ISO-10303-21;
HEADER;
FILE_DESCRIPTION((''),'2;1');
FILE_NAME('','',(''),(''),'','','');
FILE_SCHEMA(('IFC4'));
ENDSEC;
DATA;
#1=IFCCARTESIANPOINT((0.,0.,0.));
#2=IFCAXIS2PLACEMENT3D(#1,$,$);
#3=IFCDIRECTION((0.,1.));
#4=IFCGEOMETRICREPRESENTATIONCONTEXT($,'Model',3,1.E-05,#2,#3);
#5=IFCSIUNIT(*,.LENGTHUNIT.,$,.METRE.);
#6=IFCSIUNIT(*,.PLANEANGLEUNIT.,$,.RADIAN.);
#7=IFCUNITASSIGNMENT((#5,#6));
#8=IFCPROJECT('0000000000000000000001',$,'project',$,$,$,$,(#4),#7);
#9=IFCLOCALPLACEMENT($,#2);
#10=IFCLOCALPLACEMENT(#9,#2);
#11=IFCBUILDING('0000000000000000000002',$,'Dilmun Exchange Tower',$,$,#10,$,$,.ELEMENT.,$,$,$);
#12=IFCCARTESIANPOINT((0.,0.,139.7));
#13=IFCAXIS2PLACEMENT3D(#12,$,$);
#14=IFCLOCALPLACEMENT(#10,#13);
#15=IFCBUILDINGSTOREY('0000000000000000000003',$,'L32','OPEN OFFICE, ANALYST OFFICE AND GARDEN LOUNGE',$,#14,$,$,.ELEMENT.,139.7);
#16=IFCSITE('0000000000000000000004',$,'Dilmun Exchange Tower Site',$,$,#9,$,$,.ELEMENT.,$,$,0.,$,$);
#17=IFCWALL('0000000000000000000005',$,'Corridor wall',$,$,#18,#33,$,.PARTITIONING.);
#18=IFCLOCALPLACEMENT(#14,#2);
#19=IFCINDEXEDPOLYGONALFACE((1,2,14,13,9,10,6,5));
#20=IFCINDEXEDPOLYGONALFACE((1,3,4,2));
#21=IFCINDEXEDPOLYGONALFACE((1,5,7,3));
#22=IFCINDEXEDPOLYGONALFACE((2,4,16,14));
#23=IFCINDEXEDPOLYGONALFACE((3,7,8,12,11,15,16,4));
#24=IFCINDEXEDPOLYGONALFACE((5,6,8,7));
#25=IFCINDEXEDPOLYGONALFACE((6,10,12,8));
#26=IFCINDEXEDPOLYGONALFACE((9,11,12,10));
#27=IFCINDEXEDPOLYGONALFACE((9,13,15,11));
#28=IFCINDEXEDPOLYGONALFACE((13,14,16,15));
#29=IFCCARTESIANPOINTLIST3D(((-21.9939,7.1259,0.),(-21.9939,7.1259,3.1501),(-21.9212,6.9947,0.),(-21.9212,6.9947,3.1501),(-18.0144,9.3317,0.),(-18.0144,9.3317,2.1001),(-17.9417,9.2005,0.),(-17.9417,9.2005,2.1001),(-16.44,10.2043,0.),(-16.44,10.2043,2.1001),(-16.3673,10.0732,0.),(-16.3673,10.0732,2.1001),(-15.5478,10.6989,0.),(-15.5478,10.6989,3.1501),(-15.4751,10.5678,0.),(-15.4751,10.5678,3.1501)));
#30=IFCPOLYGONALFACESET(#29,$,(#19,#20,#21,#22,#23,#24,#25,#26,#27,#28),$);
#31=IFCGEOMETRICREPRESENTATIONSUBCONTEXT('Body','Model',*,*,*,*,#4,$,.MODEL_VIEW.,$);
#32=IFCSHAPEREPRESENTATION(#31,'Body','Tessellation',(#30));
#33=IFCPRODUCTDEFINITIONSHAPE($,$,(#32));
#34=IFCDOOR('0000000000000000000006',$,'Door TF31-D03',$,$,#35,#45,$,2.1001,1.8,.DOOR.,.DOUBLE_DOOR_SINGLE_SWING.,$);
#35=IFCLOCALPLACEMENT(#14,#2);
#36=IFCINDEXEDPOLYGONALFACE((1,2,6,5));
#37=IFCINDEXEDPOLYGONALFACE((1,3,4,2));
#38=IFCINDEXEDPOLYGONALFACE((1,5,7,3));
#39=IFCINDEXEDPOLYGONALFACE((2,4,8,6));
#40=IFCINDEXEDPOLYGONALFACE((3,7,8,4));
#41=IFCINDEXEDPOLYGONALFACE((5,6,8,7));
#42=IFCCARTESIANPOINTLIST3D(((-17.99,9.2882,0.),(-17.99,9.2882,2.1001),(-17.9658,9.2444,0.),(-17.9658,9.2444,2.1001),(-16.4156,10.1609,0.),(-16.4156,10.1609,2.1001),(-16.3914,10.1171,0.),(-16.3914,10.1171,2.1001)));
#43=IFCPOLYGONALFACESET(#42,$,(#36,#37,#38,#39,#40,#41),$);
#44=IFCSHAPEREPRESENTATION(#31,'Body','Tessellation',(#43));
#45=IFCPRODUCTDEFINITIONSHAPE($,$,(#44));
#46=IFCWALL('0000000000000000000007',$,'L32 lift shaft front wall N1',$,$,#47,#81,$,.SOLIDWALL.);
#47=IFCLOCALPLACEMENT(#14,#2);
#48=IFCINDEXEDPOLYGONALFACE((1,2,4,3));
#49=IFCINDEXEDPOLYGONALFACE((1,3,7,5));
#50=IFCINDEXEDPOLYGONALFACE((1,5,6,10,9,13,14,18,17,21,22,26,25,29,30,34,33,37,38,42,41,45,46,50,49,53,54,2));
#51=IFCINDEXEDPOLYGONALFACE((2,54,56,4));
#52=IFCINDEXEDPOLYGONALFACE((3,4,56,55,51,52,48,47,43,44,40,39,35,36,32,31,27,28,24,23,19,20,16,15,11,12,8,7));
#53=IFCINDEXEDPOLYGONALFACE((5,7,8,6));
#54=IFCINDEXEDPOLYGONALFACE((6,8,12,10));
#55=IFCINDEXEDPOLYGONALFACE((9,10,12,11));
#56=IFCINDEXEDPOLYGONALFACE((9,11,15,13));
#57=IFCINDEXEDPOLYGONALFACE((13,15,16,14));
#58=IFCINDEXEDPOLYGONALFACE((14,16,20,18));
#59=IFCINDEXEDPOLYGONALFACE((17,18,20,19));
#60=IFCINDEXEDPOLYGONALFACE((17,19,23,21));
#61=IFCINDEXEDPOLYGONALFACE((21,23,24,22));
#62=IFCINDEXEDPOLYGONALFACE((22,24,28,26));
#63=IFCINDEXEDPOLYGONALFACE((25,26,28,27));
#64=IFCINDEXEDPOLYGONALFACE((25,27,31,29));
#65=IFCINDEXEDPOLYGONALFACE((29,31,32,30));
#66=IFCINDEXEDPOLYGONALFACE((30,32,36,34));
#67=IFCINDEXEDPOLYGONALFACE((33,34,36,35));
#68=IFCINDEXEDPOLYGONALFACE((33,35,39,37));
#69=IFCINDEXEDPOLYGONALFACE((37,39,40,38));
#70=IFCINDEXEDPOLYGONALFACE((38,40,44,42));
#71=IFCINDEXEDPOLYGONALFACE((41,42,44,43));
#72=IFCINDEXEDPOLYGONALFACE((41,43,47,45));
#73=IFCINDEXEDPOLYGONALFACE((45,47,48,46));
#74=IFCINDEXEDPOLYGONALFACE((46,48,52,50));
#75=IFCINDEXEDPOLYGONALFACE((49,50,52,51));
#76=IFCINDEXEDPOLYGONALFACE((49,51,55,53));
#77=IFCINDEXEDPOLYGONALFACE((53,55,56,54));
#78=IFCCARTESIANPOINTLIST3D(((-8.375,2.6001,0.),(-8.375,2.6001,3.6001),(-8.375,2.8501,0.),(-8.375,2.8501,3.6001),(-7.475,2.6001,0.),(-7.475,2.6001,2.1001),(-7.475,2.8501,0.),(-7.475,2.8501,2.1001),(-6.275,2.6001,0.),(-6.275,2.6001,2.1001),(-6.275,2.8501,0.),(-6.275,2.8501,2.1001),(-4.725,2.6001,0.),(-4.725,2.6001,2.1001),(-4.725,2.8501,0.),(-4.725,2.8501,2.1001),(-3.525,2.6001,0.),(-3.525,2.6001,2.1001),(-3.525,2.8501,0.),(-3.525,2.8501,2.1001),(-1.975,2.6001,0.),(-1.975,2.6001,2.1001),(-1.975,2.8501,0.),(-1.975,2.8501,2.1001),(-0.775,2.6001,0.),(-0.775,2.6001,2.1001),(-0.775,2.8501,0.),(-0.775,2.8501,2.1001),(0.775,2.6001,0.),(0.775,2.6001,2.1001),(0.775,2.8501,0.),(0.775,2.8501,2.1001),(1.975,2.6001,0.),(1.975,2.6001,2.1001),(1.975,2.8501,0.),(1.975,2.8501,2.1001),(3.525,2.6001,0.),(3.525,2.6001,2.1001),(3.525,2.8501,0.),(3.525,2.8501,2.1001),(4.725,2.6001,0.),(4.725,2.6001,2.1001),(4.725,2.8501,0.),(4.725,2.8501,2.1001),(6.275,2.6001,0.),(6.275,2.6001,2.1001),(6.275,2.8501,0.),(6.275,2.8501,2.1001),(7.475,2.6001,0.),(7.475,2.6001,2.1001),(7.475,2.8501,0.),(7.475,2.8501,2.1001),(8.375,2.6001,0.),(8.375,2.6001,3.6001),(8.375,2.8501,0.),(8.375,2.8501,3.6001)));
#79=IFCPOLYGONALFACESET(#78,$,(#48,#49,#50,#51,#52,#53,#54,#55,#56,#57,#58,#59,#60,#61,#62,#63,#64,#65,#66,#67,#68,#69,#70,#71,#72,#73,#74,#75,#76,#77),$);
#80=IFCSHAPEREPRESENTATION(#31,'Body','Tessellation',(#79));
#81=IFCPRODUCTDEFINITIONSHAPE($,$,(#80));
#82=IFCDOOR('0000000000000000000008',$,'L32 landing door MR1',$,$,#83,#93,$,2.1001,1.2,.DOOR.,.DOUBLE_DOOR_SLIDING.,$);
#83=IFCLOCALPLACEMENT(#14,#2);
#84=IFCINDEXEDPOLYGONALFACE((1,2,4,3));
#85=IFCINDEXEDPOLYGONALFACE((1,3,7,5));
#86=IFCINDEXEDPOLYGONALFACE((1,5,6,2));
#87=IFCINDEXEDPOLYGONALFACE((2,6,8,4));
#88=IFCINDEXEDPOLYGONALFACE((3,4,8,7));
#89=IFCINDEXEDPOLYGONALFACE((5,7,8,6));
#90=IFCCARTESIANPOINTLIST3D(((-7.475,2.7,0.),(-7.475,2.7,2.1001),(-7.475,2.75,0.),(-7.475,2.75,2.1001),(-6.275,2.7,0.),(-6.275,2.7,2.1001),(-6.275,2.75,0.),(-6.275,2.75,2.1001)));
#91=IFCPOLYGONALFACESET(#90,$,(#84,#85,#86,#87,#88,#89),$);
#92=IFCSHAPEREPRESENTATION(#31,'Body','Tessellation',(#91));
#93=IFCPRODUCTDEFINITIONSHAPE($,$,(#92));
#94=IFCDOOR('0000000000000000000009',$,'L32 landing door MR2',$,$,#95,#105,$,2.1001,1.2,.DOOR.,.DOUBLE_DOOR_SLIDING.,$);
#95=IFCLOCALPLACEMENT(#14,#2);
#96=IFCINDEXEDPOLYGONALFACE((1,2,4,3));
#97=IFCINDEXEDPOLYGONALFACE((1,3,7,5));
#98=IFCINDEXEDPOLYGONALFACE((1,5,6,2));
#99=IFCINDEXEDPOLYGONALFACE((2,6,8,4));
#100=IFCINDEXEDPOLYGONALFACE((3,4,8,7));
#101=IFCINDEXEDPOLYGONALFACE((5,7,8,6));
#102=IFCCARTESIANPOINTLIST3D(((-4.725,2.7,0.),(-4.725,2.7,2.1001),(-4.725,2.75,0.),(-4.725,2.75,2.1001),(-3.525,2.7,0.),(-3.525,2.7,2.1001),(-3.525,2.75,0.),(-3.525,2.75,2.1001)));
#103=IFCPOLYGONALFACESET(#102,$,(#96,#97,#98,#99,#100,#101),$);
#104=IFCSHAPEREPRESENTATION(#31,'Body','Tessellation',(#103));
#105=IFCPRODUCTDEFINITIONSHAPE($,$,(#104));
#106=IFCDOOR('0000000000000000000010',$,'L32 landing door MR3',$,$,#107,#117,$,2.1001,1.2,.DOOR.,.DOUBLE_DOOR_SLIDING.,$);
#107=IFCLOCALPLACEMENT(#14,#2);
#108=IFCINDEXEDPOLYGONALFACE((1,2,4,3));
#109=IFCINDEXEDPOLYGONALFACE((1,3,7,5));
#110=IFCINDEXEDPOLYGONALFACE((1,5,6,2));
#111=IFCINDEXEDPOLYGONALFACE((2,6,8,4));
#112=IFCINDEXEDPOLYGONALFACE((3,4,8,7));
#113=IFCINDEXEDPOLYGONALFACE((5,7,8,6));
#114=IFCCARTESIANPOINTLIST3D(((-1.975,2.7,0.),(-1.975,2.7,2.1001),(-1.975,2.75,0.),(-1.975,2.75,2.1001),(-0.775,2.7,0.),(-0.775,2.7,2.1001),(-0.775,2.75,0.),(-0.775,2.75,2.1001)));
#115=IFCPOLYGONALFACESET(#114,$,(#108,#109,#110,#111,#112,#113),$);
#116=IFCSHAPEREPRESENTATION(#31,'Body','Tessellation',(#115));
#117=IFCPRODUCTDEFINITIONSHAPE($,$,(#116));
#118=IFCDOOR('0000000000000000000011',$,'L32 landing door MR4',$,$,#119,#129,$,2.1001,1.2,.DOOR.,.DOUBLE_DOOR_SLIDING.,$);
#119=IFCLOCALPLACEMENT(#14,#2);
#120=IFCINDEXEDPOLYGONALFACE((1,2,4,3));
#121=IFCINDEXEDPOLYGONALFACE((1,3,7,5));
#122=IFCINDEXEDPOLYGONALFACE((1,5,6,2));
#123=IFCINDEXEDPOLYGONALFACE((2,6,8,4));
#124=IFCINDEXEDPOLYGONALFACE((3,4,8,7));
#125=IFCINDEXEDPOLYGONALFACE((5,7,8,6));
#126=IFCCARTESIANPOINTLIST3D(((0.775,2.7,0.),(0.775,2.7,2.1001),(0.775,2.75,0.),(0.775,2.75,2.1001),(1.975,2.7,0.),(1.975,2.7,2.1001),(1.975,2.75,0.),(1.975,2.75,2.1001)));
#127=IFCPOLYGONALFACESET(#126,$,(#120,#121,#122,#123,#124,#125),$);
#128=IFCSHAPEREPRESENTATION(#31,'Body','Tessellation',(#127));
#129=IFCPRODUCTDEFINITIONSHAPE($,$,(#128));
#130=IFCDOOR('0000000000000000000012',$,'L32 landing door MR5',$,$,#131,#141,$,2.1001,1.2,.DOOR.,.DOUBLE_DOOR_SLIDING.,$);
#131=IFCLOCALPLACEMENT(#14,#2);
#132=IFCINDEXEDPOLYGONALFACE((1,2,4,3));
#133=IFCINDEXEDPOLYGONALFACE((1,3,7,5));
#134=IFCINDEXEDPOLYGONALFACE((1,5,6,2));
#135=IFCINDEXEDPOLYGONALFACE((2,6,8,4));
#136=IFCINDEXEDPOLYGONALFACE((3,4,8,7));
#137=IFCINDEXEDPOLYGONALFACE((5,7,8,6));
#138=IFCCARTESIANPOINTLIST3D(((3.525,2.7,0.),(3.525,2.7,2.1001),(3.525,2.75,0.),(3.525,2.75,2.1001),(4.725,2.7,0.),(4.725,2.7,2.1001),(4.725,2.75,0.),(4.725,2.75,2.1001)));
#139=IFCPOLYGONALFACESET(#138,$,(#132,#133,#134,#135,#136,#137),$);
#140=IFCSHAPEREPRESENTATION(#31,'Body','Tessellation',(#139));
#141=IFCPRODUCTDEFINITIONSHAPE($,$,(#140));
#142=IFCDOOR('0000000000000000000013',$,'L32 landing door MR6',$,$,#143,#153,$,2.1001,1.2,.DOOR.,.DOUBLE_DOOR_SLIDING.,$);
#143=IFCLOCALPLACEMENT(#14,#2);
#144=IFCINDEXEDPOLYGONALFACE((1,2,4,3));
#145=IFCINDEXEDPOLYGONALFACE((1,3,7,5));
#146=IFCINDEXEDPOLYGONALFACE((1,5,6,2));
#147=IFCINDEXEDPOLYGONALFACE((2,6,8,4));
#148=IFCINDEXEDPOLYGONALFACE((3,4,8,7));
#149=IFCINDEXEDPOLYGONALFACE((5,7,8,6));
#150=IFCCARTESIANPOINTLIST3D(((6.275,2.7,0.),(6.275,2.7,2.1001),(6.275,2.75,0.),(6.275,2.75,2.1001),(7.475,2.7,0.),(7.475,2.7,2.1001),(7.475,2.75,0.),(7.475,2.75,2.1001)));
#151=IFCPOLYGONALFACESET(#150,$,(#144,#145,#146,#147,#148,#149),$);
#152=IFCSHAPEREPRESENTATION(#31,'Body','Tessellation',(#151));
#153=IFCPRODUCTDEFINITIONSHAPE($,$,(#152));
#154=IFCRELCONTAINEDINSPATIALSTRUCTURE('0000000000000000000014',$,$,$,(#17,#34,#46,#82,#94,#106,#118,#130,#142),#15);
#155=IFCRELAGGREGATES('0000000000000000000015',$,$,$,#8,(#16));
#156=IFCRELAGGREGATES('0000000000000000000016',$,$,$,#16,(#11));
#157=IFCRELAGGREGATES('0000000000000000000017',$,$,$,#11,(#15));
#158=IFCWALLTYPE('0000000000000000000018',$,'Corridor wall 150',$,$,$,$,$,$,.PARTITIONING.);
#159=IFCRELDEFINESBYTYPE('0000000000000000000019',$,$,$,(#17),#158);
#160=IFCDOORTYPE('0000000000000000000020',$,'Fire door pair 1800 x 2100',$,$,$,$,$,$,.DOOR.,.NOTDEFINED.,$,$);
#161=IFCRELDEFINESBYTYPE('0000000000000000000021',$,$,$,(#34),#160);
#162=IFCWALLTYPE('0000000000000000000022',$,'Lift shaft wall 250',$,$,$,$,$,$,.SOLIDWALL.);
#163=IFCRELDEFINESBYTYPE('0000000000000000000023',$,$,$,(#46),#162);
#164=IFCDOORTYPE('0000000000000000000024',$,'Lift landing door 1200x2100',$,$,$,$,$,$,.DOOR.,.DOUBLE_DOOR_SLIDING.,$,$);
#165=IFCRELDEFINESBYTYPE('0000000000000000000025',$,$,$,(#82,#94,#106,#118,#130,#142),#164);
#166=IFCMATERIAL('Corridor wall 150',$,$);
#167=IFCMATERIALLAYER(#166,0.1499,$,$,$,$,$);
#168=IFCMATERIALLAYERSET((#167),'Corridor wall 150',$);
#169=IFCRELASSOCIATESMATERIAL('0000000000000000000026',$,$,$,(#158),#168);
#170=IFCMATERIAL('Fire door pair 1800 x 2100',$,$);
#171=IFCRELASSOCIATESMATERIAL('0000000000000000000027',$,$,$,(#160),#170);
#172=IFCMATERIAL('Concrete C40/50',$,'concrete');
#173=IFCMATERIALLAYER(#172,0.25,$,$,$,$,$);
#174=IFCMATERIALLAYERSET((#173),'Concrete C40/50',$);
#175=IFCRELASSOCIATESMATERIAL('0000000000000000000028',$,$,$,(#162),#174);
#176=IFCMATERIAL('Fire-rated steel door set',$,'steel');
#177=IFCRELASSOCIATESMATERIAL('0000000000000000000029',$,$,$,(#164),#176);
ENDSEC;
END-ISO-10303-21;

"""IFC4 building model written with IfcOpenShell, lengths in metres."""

from ifc_helpers import new_model, si_unit, direction, frame, frame_2d, origin, place, context, subcontext, project, spatial, rectangle, extrude, material, layer, layer_set, type_object, element, fill, save


model = new_model("IFC4")

# Units and contexts
model_context = context("Model", 3, precision=1e-05, world=origin(), true_north=direction((0.0, 1.0)))
body_context = subcontext(model_context, "Body", "Model", "MODEL_VIEW")
ifc_project = project(units=[si_unit("LENGTHUNIT", "METRE"), si_unit("PLANEANGLEUNIT", "RADIAN")], contexts=[model_context])

# Site, building, storey
site_placement = place(None, origin())
site = spatial("IfcSite", under=ifc_project, at=site_placement, Name="Dilmun Exchange Tower Site", CompositionType="ELEMENT", RefElevation=0.0)
building_placement = place(site_placement, origin())
building = spatial("IfcBuilding", under=site, at=building_placement, Name="Dilmun Exchange Tower", CompositionType="ELEMENT")
storey_placement = place(building_placement, frame((0.0, 0.0, 139.7)))
storey = spatial("IfcBuildingStorey", under=building, at=storey_placement, Name="L32", Description="OPEN OFFICE, ANALYST OFFICE AND GARDEN LOUNGE", CompositionType="ELEMENT", Elevation=139.7)

# Shared definitions
ifc_material_1 = material(Name="Concrete C40/50", Category="concrete")

# Shared definitions
ifc_material_2 = material(Name="Fire-rated steel door set", Category="steel")

# Shared definitions
ifc_material_3 = material(Name="Corridor wall 150")
ifc_layer_1 = layer(ifc_material_3, 0.1499)
ifc_layer_set_1 = layer_set([ifc_layer_1], Name="Corridor wall 150")
wall_type_1 = type_object("IfcWallType", Name="Corridor wall 150", PredefinedType="PARTITIONING", material=ifc_layer_set_1)

# Wall, opening, door
wall_1_placement = place(storey_placement, frame((-21.9575, 7.0603, 0.0), z_axis=(0.0, 0.0, 1.0), x_axis=(0.874626, 0.484799, 0.0)))
wall_1 = element("IfcWall", 1, at=wall_1_placement, inside=storey, type_object=wall_type_1, Name="Corridor wall", PredefinedType="PARTITIONING", context=body_context, shape_type="SweptSolid", body=[
    extrude(rectangle(XDim=7.3701, YDim=0.1499, at=frame_2d((3.6851, 0.0))), origin(), (0.0, 0.0, 1.0), 3.1501),
])
opening_1_placement = place(wall_1_placement, frame((4.55, 0.0, 0.0)))
opening_1 = element("IfcOpeningElement", 2, at=opening_1_placement, cuts=wall_1, PredefinedType="OPENING", context=body_context, shape_type="SweptSolid", body=[
    extrude(rectangle(XDim=1.8, YDim=2.1001, at=frame_2d((0.8999, 1.05))), frame((0.0, 0.085, 0.0), z_axis=(0.0, -1.0, 0.0), x_axis=(1.0, 0.0, 0.0)), (0.0, 0.0, 1.0), 0.1699),
])
ifc_material_4 = material(Name="Fire door pair 1800 x 2100")
door_type_1 = type_object("IfcDoorType", Name="Fire door pair 1800 x 2100", OperationType="NOTDEFINED", PredefinedType="DOOR", material=ifc_material_4)
door_1_placement = place(opening_1_placement, frame((1.8, 0.0, 0.0), z_axis=(0.0, 0.0, 1.0), x_axis=(-1.0, 0.0, 0.0)))
door_1 = element("IfcDoor", 3, at=door_1_placement, inside=storey, type_object=door_type_1, Name="Door TF31-D03", OperationType="DOUBLE_DOOR_SINGLE_SWING", OverallHeight=2.1001, OverallWidth=1.8, PredefinedType="DOOR", context=body_context, shape_type="SweptSolid", body=[
    extrude(rectangle(XDim=1.8, YDim=2.1001, at=frame_2d((0.8999, 1.05))), frame((0.0, 0.0249, 0.0), z_axis=(0.0, -1.0, 0.0), x_axis=(1.0, 0.0, 0.0)), (0.0, 0.0, 1.0), 0.05),
])
fill(opening_1, door_1)

# Wall, openings, doors
ifc_layer_2 = layer(ifc_material_1, 0.25)
ifc_layer_set_2 = layer_set([ifc_layer_2], Name="Concrete C40/50")
wall_type_2 = type_object("IfcWallType", Name="Lift shaft wall 250", PredefinedType="SOLIDWALL", material=ifc_layer_set_2)
wall_2_placement = place(storey_placement, frame((-8.375, 2.7251, 0.0), z_axis=(0.0, 0.0, 1.0), x_axis=(1.0, 0.0, 0.0)))
wall_2 = element("IfcWall", 4, at=wall_2_placement, inside=storey, type_object=wall_type_2, Name="L32 lift shaft front wall N1", PredefinedType="SOLIDWALL", context=body_context, shape_type="SweptSolid", body=[
    extrude(rectangle(XDim=16.75, YDim=0.25, at=frame_2d((8.375, 0.0))), origin(), (0.0, 0.0, 1.0), 3.6001),
])
opening_2_placement = place(wall_2_placement, frame((0.8999, 0.0, 0.0)))
opening_2 = element("IfcOpeningElement", 5, at=opening_2_placement, cuts=wall_2, PredefinedType="OPENING", context=body_context, shape_type="SweptSolid", body=[
    extrude(rectangle(XDim=1.2, YDim=2.1001, at=frame_2d((0.6001, 1.05))), frame((0.0, 0.135, 0.0), z_axis=(0.0, -1.0, 0.0), x_axis=(1.0, 0.0, 0.0)), (0.0, 0.0, 1.0), 0.27),
])
opening_3_placement = place(wall_2_placement, frame((3.6499, 0.0, 0.0)))
opening_3 = element("IfcOpeningElement", 6, at=opening_3_placement, cuts=wall_2, PredefinedType="OPENING", context=body_context, shape_type="SweptSolid", body=[
    extrude(rectangle(XDim=1.2, YDim=2.1001, at=frame_2d((0.6001, 1.05))), frame((0.0, 0.135, 0.0), z_axis=(0.0, -1.0, 0.0), x_axis=(1.0, 0.0, 0.0)), (0.0, 0.0, 1.0), 0.27),
])
opening_4_placement = place(wall_2_placement, frame((6.3999, 0.0, 0.0)))
opening_4 = element("IfcOpeningElement", 7, at=opening_4_placement, cuts=wall_2, PredefinedType="OPENING", context=body_context, shape_type="SweptSolid", body=[
    extrude(rectangle(XDim=1.2, YDim=2.1001, at=frame_2d((0.6001, 1.05))), frame((0.0, 0.135, 0.0), z_axis=(0.0, -1.0, 0.0), x_axis=(1.0, 0.0, 0.0)), (0.0, 0.0, 1.0), 0.27),
])
opening_5_placement = place(wall_2_placement, frame((9.1499, 0.0, 0.0)))
opening_5 = element("IfcOpeningElement", 8, at=opening_5_placement, cuts=wall_2, PredefinedType="OPENING", context=body_context, shape_type="SweptSolid", body=[
    extrude(rectangle(XDim=1.2, YDim=2.1001, at=frame_2d((0.6001, 1.05))), frame((0.0, 0.135, 0.0), z_axis=(0.0, -1.0, 0.0), x_axis=(1.0, 0.0, 0.0)), (0.0, 0.0, 1.0), 0.27),
])
opening_6_placement = place(wall_2_placement, frame((11.8999, 0.0, 0.0)))
opening_6 = element("IfcOpeningElement", 9, at=opening_6_placement, cuts=wall_2, PredefinedType="OPENING", context=body_context, shape_type="SweptSolid", body=[
    extrude(rectangle(XDim=1.2, YDim=2.1001, at=frame_2d((0.6001, 1.05))), frame((0.0, 0.135, 0.0), z_axis=(0.0, -1.0, 0.0), x_axis=(1.0, 0.0, 0.0)), (0.0, 0.0, 1.0), 0.27),
])
opening_7_placement = place(wall_2_placement, frame((14.6499, 0.0, 0.0)))
opening_7 = element("IfcOpeningElement", 10, at=opening_7_placement, cuts=wall_2, PredefinedType="OPENING", context=body_context, shape_type="SweptSolid", body=[
    extrude(rectangle(XDim=1.2, YDim=2.1001, at=frame_2d((0.6001, 1.05))), frame((0.0, 0.135, 0.0), z_axis=(0.0, -1.0, 0.0), x_axis=(1.0, 0.0, 0.0)), (0.0, 0.0, 1.0), 0.27),
])
door_type_2 = type_object("IfcDoorType", Name="Lift landing door 1200x2100", OperationType="DOUBLE_DOOR_SLIDING", PredefinedType="DOOR", material=ifc_material_2)
door_2_placement = place(opening_2_placement, origin())
door_2 = element("IfcDoor", 11, at=door_2_placement, inside=storey, type_object=door_type_2, Name="L32 landing door MR1", OperationType="DOUBLE_DOOR_SLIDING", OverallHeight=2.1001, OverallWidth=1.2, PredefinedType="DOOR", context=body_context, shape_type="SweptSolid", body=[
    extrude(rectangle(XDim=1.2, YDim=2.1001, at=frame_2d((0.6001, 1.05))), frame((0.0, 0.0249, 0.0), z_axis=(0.0, -1.0, 0.0), x_axis=(1.0, 0.0, 0.0)), (0.0, 0.0, 1.0), 0.05),
])
fill(opening_2, door_2)
door_3_placement = place(opening_3_placement, origin())
door_3 = element("IfcDoor", 12, at=door_3_placement, inside=storey, type_object=door_type_2, Name="L32 landing door MR2", OperationType="DOUBLE_DOOR_SLIDING", OverallHeight=2.1001, OverallWidth=1.2, PredefinedType="DOOR", context=body_context, shape_type="SweptSolid", body=[
    extrude(rectangle(XDim=1.2, YDim=2.1001, at=frame_2d((0.6001, 1.05))), frame((0.0, 0.0249, 0.0), z_axis=(0.0, -1.0, 0.0), x_axis=(1.0, 0.0, 0.0)), (0.0, 0.0, 1.0), 0.05),
])
fill(opening_3, door_3)
door_4_placement = place(opening_4_placement, origin())
door_4 = element("IfcDoor", 13, at=door_4_placement, inside=storey, type_object=door_type_2, Name="L32 landing door MR3", OperationType="DOUBLE_DOOR_SLIDING", OverallHeight=2.1001, OverallWidth=1.2, PredefinedType="DOOR", context=body_context, shape_type="SweptSolid", body=[
    extrude(rectangle(XDim=1.2, YDim=2.1001, at=frame_2d((0.6001, 1.05))), frame((0.0, 0.0249, 0.0), z_axis=(0.0, -1.0, 0.0), x_axis=(1.0, 0.0, 0.0)), (0.0, 0.0, 1.0), 0.05),
])
fill(opening_4, door_4)
door_5_placement = place(opening_5_placement, origin())
door_5 = element("IfcDoor", 14, at=door_5_placement, inside=storey, type_object=door_type_2, Name="L32 landing door MR4", OperationType="DOUBLE_DOOR_SLIDING", OverallHeight=2.1001, OverallWidth=1.2, PredefinedType="DOOR", context=body_context, shape_type="SweptSolid", body=[
    extrude(rectangle(XDim=1.2, YDim=2.1001, at=frame_2d((0.6001, 1.05))), frame((0.0, 0.0249, 0.0), z_axis=(0.0, -1.0, 0.0), x_axis=(1.0, 0.0, 0.0)), (0.0, 0.0, 1.0), 0.05),
])
fill(opening_5, door_5)
door_6_placement = place(opening_6_placement, origin())
door_6 = element("IfcDoor", 15, at=door_6_placement, inside=storey, type_object=door_type_2, Name="L32 landing door MR5", OperationType="DOUBLE_DOOR_SLIDING", OverallHeight=2.1001, OverallWidth=1.2, PredefinedType="DOOR", context=body_context, shape_type="SweptSolid", body=[
    extrude(rectangle(XDim=1.2, YDim=2.1001, at=frame_2d((0.6001, 1.05))), frame((0.0, 0.0249, 0.0), z_axis=(0.0, -1.0, 0.0), x_axis=(1.0, 0.0, 0.0)), (0.0, 0.0, 1.0), 0.05),
])
fill(opening_6, door_6)
door_7_placement = place(opening_7_placement, origin())
door_7 = element("IfcDoor", 16, at=door_7_placement, inside=storey, type_object=door_type_2, Name="L32 landing door MR6", OperationType="DOUBLE_DOOR_SLIDING", OverallHeight=2.1001, OverallWidth=1.2, PredefinedType="DOOR", context=body_context, shape_type="SweptSolid", body=[
    extrude(rectangle(XDim=1.2, YDim=2.1001, at=frame_2d((0.6001, 1.05))), frame((0.0, 0.0249, 0.0), z_axis=(0.0, -1.0, 0.0), x_axis=(1.0, 0.0, 0.0)), (0.0, 0.0, 1.0), 0.05),
])
fill(opening_7, door_7)

save(model, "model.ifc")
